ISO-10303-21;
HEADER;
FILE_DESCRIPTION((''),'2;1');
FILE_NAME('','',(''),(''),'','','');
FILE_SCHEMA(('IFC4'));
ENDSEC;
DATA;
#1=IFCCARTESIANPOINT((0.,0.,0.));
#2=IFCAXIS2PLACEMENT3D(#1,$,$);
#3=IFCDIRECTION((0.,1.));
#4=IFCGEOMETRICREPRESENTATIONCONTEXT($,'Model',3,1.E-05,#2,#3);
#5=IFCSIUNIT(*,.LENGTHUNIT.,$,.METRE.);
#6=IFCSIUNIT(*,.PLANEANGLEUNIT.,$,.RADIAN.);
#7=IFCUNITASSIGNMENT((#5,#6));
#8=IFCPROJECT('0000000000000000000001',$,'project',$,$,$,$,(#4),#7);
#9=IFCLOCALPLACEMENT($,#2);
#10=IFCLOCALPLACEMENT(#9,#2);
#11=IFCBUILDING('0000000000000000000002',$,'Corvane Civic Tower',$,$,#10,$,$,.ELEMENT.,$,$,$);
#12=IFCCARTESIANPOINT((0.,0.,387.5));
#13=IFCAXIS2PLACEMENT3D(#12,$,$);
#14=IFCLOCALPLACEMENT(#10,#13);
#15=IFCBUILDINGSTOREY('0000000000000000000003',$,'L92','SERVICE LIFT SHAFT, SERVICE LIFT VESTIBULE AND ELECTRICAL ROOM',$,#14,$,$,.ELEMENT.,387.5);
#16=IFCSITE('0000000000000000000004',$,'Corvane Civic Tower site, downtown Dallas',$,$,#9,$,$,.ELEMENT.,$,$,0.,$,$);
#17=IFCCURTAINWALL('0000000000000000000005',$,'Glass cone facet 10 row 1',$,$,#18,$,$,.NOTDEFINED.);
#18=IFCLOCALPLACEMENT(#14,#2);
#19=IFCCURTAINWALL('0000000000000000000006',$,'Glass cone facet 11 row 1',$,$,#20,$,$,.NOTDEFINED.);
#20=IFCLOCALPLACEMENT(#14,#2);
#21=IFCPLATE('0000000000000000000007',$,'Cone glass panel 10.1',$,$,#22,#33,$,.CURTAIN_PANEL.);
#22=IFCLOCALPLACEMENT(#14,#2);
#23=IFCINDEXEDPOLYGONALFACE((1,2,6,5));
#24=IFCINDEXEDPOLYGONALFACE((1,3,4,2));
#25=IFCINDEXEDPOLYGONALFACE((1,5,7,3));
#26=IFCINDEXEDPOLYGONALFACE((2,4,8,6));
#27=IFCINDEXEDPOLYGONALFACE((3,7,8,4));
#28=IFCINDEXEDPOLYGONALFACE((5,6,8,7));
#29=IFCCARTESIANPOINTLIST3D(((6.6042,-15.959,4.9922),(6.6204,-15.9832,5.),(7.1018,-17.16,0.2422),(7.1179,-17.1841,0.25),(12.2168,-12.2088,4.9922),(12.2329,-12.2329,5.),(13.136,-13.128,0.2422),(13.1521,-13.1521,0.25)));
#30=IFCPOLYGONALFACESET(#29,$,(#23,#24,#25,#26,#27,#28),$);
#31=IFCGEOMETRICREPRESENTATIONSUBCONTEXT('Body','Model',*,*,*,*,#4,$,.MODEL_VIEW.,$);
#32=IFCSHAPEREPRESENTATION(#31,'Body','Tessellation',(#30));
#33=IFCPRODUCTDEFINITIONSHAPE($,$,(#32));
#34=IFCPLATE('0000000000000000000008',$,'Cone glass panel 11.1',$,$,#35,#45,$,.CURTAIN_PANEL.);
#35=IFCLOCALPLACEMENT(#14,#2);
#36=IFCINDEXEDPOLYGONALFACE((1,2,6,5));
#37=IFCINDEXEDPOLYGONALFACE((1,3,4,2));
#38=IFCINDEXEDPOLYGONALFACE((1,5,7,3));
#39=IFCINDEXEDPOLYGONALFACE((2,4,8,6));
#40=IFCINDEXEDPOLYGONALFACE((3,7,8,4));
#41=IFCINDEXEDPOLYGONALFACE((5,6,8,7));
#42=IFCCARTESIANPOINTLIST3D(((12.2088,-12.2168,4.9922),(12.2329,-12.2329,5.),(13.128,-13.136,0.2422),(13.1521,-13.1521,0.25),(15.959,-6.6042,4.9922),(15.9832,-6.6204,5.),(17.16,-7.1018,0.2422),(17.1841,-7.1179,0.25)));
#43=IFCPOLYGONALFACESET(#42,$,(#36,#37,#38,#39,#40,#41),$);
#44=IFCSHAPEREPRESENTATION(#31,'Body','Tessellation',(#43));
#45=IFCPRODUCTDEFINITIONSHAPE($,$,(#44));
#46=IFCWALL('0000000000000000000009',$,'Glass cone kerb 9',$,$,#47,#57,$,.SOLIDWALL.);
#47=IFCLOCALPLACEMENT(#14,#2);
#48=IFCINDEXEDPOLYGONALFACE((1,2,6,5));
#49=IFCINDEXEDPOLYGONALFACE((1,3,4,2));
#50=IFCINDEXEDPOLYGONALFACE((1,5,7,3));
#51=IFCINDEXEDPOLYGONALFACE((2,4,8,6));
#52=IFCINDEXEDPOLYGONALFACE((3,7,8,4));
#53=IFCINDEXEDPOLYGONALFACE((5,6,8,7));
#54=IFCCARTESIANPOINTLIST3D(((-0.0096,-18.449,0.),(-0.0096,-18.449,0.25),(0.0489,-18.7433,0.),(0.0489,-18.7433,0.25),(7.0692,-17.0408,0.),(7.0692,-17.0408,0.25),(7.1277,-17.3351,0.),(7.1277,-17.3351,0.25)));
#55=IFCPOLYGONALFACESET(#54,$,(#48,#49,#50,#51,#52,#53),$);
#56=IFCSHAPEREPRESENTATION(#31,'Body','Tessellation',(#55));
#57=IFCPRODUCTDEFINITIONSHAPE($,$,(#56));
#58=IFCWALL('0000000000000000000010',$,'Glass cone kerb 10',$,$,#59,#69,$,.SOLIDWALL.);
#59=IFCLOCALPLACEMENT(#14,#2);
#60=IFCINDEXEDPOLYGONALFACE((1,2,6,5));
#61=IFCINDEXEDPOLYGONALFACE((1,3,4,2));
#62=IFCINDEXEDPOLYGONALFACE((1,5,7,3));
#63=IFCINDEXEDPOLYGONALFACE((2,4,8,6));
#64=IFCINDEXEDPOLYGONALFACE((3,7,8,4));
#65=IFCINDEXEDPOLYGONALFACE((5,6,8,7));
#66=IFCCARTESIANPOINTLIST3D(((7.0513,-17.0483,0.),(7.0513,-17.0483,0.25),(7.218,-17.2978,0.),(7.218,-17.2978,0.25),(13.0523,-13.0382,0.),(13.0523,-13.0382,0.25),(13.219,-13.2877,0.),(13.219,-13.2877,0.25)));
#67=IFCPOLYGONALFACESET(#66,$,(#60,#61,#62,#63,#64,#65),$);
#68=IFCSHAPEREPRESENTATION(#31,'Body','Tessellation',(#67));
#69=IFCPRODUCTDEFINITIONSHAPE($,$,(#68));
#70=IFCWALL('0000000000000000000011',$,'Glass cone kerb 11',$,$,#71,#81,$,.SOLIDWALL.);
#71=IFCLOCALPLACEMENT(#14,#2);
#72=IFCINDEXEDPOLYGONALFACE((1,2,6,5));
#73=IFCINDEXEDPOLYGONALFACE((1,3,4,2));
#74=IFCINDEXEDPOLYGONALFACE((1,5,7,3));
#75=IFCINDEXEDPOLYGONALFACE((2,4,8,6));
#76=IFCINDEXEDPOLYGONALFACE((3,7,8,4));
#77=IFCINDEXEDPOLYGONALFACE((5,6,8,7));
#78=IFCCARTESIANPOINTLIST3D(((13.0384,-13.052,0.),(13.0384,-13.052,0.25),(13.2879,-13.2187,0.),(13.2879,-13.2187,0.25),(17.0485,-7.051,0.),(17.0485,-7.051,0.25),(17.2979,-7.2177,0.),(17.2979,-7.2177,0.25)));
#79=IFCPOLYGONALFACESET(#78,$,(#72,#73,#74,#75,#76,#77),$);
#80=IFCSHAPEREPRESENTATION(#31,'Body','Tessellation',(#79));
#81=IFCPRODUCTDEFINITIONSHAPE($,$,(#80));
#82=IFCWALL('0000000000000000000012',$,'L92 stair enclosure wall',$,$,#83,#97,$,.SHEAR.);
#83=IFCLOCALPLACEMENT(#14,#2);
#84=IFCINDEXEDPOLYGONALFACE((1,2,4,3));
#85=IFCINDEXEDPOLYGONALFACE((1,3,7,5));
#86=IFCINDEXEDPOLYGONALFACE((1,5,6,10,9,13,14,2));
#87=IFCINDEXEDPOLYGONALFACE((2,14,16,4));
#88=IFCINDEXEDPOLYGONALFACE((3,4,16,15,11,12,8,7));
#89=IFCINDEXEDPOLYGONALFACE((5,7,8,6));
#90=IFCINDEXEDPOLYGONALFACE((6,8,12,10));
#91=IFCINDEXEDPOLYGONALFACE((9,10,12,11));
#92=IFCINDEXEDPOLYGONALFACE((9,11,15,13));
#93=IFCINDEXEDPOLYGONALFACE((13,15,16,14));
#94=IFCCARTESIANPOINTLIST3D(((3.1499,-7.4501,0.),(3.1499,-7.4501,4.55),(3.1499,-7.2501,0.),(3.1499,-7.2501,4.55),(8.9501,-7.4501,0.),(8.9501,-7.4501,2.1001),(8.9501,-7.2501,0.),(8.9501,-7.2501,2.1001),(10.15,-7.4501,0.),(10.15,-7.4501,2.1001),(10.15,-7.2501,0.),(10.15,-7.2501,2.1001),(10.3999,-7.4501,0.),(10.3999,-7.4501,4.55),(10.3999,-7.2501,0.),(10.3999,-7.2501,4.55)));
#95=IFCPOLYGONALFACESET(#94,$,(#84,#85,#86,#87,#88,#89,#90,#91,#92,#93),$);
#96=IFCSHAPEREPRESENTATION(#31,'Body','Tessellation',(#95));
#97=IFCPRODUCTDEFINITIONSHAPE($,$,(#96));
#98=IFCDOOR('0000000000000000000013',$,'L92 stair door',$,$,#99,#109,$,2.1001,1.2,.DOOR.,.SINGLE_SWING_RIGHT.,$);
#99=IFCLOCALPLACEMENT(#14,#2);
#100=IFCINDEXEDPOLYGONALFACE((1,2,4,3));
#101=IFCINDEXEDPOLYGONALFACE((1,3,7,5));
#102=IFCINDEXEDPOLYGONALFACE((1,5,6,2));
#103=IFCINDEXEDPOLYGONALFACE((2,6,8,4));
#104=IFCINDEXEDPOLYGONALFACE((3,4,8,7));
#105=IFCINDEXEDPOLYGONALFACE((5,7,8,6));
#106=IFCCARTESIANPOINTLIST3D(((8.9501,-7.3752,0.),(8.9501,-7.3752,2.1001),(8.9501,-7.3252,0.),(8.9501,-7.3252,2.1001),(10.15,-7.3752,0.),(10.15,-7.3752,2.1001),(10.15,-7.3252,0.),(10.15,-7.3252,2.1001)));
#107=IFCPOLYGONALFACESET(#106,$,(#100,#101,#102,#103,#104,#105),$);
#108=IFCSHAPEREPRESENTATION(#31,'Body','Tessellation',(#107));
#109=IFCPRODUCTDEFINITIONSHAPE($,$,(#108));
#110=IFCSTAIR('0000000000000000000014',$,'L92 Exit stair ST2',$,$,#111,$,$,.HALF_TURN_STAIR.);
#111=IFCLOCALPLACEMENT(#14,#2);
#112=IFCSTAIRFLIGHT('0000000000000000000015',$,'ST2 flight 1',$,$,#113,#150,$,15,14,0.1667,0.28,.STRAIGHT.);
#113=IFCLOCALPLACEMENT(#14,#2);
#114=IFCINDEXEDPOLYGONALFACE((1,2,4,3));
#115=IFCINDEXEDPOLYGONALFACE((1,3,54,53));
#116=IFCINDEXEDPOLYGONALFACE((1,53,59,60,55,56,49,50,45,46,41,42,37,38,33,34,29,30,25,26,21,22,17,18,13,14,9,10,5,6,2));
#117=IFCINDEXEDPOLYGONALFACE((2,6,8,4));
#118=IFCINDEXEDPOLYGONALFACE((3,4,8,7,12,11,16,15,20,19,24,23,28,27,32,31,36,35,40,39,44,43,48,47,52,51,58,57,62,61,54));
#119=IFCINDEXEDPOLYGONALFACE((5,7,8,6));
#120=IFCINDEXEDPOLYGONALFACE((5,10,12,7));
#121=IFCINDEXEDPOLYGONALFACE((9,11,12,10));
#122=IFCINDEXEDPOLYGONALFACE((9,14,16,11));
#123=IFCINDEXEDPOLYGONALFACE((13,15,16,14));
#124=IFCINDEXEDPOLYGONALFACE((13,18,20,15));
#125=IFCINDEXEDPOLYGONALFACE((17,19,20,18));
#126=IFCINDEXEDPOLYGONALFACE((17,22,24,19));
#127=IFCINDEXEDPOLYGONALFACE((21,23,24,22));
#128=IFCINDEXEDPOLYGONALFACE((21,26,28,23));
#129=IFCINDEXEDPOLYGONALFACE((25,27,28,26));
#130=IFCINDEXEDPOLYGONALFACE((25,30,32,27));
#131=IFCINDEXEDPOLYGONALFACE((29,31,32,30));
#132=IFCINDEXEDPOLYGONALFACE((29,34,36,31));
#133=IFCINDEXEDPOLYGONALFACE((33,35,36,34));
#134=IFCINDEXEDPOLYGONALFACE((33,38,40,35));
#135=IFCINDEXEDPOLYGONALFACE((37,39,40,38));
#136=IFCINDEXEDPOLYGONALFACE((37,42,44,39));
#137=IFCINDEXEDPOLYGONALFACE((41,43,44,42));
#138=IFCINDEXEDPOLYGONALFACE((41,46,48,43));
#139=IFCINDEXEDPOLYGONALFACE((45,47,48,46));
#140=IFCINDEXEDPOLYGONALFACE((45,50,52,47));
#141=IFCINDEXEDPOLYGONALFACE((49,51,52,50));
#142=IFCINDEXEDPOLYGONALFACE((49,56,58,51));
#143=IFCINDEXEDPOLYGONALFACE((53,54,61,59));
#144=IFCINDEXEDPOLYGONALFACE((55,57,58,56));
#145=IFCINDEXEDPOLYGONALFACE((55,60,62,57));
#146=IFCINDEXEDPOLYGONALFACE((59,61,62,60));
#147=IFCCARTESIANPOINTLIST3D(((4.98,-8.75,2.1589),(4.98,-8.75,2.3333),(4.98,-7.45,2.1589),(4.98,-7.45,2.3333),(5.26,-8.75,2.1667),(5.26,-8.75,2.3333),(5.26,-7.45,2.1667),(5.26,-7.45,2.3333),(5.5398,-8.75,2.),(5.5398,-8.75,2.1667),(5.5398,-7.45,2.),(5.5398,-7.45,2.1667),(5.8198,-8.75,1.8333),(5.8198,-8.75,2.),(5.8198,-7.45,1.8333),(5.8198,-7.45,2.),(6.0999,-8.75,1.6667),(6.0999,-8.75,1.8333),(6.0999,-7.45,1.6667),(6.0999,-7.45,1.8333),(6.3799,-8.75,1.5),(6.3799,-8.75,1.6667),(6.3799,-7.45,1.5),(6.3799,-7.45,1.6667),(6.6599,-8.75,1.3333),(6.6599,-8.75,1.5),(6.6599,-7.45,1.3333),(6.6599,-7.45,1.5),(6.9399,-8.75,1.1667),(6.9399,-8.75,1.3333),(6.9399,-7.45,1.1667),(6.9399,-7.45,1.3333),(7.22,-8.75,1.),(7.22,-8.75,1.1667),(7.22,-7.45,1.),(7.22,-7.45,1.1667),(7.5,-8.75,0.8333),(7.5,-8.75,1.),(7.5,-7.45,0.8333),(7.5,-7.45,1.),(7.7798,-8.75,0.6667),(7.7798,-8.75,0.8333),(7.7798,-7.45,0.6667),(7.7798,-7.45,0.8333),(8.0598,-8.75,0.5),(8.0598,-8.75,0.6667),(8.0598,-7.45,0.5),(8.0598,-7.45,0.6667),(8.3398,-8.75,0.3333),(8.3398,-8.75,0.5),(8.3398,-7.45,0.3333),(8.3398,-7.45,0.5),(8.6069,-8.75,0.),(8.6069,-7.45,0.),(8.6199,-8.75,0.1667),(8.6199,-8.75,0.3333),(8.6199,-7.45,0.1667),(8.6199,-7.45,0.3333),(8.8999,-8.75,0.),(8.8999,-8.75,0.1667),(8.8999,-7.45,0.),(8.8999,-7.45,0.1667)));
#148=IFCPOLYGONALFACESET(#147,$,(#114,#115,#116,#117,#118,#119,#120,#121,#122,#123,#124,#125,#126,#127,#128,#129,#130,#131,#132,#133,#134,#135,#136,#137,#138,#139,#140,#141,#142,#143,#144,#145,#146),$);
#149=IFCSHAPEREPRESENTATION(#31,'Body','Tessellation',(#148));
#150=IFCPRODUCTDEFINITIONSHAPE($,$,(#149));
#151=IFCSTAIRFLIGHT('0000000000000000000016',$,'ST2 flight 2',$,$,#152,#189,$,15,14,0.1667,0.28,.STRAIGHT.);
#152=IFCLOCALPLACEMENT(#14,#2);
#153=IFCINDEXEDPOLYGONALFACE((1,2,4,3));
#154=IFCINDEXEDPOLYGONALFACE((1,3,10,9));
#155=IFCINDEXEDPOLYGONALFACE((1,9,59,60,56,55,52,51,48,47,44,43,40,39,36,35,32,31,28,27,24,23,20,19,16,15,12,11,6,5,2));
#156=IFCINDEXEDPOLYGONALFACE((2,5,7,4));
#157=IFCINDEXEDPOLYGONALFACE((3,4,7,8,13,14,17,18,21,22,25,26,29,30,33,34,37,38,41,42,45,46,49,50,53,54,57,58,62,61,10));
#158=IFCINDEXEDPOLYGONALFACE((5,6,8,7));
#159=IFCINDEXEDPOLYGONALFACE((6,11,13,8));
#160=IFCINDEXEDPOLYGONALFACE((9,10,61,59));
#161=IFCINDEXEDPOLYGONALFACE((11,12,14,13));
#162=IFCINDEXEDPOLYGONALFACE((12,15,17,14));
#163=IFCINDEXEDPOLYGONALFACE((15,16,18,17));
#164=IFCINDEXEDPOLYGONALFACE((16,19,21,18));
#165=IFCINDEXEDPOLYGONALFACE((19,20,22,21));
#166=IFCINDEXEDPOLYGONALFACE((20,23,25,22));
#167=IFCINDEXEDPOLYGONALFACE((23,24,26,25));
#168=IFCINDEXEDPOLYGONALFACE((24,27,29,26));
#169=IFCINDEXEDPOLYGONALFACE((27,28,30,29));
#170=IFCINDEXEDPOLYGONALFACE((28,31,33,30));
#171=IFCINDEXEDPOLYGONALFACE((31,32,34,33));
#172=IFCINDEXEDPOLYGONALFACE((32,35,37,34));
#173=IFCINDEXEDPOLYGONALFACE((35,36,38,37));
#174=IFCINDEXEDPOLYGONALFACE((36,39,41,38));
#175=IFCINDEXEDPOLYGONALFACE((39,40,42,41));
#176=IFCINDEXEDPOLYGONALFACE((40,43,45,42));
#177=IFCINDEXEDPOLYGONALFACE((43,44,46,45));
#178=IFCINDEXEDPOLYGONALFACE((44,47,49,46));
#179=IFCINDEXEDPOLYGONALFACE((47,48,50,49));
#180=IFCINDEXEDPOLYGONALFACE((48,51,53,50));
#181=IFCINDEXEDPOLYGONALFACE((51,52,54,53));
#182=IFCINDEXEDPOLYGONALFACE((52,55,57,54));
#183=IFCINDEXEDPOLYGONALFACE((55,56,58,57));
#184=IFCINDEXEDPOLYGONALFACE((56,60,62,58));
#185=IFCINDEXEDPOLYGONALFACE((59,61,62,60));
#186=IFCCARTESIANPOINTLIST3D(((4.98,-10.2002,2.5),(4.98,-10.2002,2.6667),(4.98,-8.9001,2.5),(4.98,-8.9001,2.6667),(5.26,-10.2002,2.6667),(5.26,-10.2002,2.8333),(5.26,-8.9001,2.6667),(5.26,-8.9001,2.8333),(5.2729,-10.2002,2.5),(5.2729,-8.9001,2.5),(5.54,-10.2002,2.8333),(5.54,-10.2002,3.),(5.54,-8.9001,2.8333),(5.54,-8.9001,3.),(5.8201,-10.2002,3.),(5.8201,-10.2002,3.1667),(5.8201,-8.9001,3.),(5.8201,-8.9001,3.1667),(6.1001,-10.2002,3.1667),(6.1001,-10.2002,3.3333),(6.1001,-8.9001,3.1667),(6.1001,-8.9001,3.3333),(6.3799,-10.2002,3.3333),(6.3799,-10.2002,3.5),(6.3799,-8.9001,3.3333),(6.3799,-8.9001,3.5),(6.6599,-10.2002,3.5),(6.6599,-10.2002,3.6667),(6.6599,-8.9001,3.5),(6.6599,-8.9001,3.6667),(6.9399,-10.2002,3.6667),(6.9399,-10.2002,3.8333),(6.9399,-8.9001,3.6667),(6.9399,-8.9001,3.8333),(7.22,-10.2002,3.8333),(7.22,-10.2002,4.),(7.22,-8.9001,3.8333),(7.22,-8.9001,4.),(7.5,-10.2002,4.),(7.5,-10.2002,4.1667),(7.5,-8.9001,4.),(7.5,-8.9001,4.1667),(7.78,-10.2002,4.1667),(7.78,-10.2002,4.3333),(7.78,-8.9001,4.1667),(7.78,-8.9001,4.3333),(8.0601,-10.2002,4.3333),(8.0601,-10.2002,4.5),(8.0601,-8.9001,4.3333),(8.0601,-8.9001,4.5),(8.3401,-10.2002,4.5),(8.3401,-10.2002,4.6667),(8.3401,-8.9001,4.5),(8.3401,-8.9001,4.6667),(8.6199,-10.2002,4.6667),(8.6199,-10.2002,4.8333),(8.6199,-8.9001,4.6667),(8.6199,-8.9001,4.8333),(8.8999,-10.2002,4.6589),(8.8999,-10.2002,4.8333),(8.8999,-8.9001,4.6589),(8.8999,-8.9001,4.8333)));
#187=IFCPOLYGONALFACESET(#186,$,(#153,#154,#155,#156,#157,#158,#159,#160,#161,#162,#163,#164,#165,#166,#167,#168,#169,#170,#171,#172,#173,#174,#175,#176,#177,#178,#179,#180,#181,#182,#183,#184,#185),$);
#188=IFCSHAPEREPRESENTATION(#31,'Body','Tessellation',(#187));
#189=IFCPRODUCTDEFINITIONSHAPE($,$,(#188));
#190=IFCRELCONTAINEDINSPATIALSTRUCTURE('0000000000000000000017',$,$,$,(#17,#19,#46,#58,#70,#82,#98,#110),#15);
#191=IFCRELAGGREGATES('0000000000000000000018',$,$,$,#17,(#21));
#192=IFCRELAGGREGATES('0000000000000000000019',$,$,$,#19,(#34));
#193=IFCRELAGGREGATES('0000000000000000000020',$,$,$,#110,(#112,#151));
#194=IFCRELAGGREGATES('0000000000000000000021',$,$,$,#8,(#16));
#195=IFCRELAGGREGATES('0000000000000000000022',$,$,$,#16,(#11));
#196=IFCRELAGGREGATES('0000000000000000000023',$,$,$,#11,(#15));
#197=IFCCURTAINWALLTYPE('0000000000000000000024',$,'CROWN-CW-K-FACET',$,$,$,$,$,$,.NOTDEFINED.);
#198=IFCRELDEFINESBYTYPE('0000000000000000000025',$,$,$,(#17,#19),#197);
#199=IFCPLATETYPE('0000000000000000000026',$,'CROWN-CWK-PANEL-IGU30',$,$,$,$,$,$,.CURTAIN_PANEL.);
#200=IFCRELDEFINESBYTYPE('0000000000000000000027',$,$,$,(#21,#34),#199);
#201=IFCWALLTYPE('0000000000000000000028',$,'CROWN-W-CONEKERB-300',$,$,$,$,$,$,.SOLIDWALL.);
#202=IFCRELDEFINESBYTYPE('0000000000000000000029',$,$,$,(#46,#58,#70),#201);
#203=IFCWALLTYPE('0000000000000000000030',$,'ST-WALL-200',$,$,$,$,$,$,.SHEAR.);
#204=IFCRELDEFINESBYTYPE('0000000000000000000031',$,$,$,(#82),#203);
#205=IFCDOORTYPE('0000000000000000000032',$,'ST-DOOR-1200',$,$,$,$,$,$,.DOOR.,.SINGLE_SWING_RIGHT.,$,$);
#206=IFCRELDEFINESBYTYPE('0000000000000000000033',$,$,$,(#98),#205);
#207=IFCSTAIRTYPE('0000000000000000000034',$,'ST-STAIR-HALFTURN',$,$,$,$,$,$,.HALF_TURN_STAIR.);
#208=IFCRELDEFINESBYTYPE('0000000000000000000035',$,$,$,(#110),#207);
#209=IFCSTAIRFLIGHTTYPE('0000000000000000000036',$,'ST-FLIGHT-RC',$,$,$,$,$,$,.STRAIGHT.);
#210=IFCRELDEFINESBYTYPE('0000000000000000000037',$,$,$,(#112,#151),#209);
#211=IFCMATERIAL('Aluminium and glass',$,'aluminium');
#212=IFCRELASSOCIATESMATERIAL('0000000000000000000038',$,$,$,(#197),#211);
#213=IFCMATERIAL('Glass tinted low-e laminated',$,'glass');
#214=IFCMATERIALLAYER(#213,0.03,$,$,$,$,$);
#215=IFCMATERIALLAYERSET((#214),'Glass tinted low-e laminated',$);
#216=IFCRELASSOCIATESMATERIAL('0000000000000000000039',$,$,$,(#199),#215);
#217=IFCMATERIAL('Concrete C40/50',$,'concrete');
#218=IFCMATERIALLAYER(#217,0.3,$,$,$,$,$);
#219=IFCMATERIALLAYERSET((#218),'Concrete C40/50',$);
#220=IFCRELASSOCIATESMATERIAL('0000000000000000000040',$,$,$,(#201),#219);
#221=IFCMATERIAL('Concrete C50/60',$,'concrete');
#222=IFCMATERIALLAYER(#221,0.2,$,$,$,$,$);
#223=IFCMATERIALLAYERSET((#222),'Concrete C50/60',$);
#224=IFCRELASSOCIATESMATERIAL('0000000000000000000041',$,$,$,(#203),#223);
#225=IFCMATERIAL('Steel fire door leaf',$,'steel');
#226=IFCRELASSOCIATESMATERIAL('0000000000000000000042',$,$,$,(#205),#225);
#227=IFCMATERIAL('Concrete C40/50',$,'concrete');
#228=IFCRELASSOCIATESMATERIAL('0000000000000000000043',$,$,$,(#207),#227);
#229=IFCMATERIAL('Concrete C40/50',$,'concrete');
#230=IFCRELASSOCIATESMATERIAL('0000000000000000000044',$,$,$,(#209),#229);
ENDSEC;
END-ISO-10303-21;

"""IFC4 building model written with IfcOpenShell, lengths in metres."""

from ifc_helpers import new_model, si_unit, direction, frame, frame_2d, origin, place, context, subcontext, project, spatial, polyline, rectangle, outline, extrude, material, layer, layer_set, type_object, element, fill, aggregate, save


model = new_model("IFC4")

# Units and contexts
model_context = context("Model", 3, precision=1e-05, world=origin(), true_north=direction((0.0, 1.0)))
body_context = subcontext(model_context, "Body", "Model", "MODEL_VIEW")
ifc_project = project(units=[si_unit("LENGTHUNIT", "METRE"), si_unit("PLANEANGLEUNIT", "RADIAN")], contexts=[model_context])

# Site, building, storey
site_placement = place(None, origin())
site = spatial("IfcSite", under=ifc_project, at=site_placement, Name="Corvane Civic Tower site, downtown Dallas", CompositionType="ELEMENT", RefElevation=0.0)
building_placement = place(site_placement, origin())
building = spatial("IfcBuilding", under=site, at=building_placement, Name="Corvane Civic Tower", CompositionType="ELEMENT")
storey_placement = place(building_placement, frame((0.0, 0.0, 387.5)))
storey = spatial("IfcBuildingStorey", under=building, at=storey_placement, Name="L92", Description="SERVICE LIFT SHAFT, SERVICE LIFT VESTIBULE AND ELECTRICAL ROOM", CompositionType="ELEMENT", Elevation=387.5)

# Curtain walls
ifc_material_1 = material(Name="Aluminium and glass", Category="aluminium")
curtain_wall_type = type_object("IfcCurtainWallType", Name="CROWN-CW-K-FACET", PredefinedType="NOTDEFINED", material=ifc_material_1)
curtain_wall_1_placement = place(storey_placement, origin())
curtain_wall_1 = element("IfcCurtainWall", 1, at=curtain_wall_1_placement, inside=storey, type_object=curtain_wall_type, Name="Glass cone facet 10 row 1", PredefinedType="NOTDEFINED")
curtain_wall_2_placement = place(storey_placement, origin())
curtain_wall_2 = element("IfcCurtainWall", 2, at=curtain_wall_2_placement, inside=storey, type_object=curtain_wall_type, Name="Glass cone facet 11 row 1", PredefinedType="NOTDEFINED")

# Plates
ifc_material_2 = material(Name="Glass tinted low-e laminated", Category="glass")
ifc_layer_1 = layer(ifc_material_2, 0.03)
ifc_layer_set_1 = layer_set([ifc_layer_1], Name="Glass tinted low-e laminated")
plate_type = type_object("IfcPlateType", Name="CROWN-CWK-PANEL-IGU30", PredefinedType="CURTAIN_PANEL", material=ifc_layer_set_1)
plate_1_placement = place(storey_placement, frame((7.1179, -17.1841, 0.25), z_axis=(0.536584, -0.803041, 0.259236), x_axis=(0.831465, 0.555577, 0.0)))
plate_1 = element("IfcPlate", 3, at=plate_1_placement, type_object=plate_type, Name="Cone glass panel 10.1", PredefinedType="CURTAIN_PANEL", context=body_context, shape_type="SweptSolid", body=[
    extrude(outline(polyline([(0.0, 0.0), (7.2573, 0.0), (7.0037, 4.9181), (0.2535, 4.9181), (0.0, 0.0)])), origin(), (0.0, 0.0, -1.0), 0.03),
])
aggregate(curtain_wall_1, [plate_1])
plate_2_placement = place(storey_placement, frame((13.1521, -13.1521, 0.25), z_axis=(0.803041, -0.536584, 0.259236), x_axis=(0.555577, 0.831465, 0.0)))
plate_2 = element("IfcPlate", 4, at=plate_2_placement, type_object=plate_type, Name="Cone glass panel 11.1", PredefinedType="CURTAIN_PANEL", context=body_context, shape_type="SweptSolid", body=[
    extrude(outline(polyline([(0.0, 0.0), (7.2573, 0.0), (7.0038, 4.9181), (0.2536, 4.9181), (0.0, 0.0)])), origin(), (0.0, 0.0, -1.0), 0.03),
])
aggregate(curtain_wall_2, [plate_2])

# Walls
ifc_material_3 = material(Name="Concrete C40/50", Category="concrete")
ifc_layer_2 = layer(ifc_material_3, 0.3)
ifc_layer_set_2 = layer_set([ifc_layer_2], Name="Concrete C40/50")
wall_type_1 = type_object("IfcWallType", Name="CROWN-W-CONEKERB-300", PredefinedType="SOLIDWALL", material=ifc_layer_set_2)
for number, where, z_axis, x_axis, name in (
    (5, (0.0195, -18.5962, 0.0), (0.0, 0.0, 1.0), (0.980782, 0.195108, 0.0), "Glass cone kerb 9"),
    (6, (7.1345, -17.1731, 0.0), (0.0, 0.0, 1.0), (0.831451, 0.555598, 0.0), "Glass cone kerb 10"),
    (7, (13.1631, -13.1355, 0.0), (0.0, 0.0, 1.0), (0.555598, 0.831451, 0.0), "Glass cone kerb 11"),
):
    element("IfcWall", number, at=place(storey_placement, frame(where, z_axis=z_axis, x_axis=x_axis)), inside=storey, type_object=wall_type_1, Name=name, PredefinedType="SOLIDWALL", context=body_context, shape_type="SweptSolid", body=[
        extrude(rectangle(XDim=7.2175, YDim=0.3, at=frame_2d((3.6089, 0.0))), origin(), (0.0, 0.0, 1.0), 0.25),
    ])

# Wall, opening, door
ifc_material_4 = material(Name="Concrete C50/60", Category="concrete")
ifc_layer_3 = layer(ifc_material_4, 0.2)
ifc_layer_set_3 = layer_set([ifc_layer_3], Name="Concrete C50/60")
wall_type_2 = type_object("IfcWallType", Name="ST-WALL-200", PredefinedType="SHEAR", material=ifc_layer_set_3)
wall_placement = place(storey_placement, frame((3.1499, -7.3501, 0.0), z_axis=(0.0, 0.0, 1.0), x_axis=(1.0, 0.0, 0.0)))
wall = element("IfcWall", 8, at=wall_placement, inside=storey, type_object=wall_type_2, Name="L92 stair enclosure wall", PredefinedType="SHEAR", context=body_context, shape_type="SweptSolid", body=[
    extrude(rectangle(XDim=7.25, YDim=0.2, at=frame_2d((3.625, 0.0))), origin(), (0.0, 0.0, 1.0), 4.55),
])
opening_placement = place(wall_placement, frame((5.8, 0.0, 0.0)))
opening = element("IfcOpeningElement", 9, at=opening_placement, cuts=wall, PredefinedType="OPENING", context=body_context, shape_type="SweptSolid", body=[
    extrude(rectangle(XDim=1.2, YDim=2.1001, at=frame_2d((0.6001, 1.05))), frame((0.0, 0.1099, 0.0), z_axis=(0.0, -1.0, 0.0), x_axis=(1.0, 0.0, 0.0)), (0.0, 0.0, 1.0), 0.22),
])
ifc_material_5 = material(Name="Steel fire door leaf", Category="steel")
door_type = type_object("IfcDoorType", Name="ST-DOOR-1200", OperationType="SINGLE_SWING_RIGHT", PredefinedType="DOOR", material=ifc_material_5)
door_placement = place(opening_placement, origin())
door = element("IfcDoor", 10, at=door_placement, inside=storey, type_object=door_type, Name="L92 stair door", OperationType="SINGLE_SWING_RIGHT", OverallHeight=2.1001, OverallWidth=1.2, PredefinedType="DOOR", context=body_context, shape_type="SweptSolid", body=[
    extrude(rectangle(XDim=1.2, YDim=2.1001, at=frame_2d((0.6001, 1.05))), frame((0.0, 0.0249, 0.0), z_axis=(0.0, -1.0, 0.0), x_axis=(1.0, 0.0, 0.0)), (0.0, 0.0, 1.0), 0.05),
])
fill(opening, door)

# Stair, stair flights
ifc_material_6 = material(Name="Concrete C40/50", Category="concrete")
stair_type = type_object("IfcStairType", Name="ST-STAIR-HALFTURN", PredefinedType="HALF_TURN_STAIR", material=ifc_material_6)
stair_placement = place(storey_placement, origin())
stair = element("IfcStair", 11, at=stair_placement, inside=storey, type_object=stair_type, Name="L92 Exit stair ST2", PredefinedType="HALF_TURN_STAIR")
ifc_material_7 = material(Name="Concrete C40/50", Category="concrete")
stair_flight_type = type_object("IfcStairFlightType", Name="ST-FLIGHT-RC", PredefinedType="STRAIGHT", material=ifc_material_7)
stair_flight_1_placement = place(storey_placement, frame((8.8999, -8.1001, 0.0), z_axis=(0.0, 0.0, 1.0), x_axis=(-1.0, 0.0, 0.0)))
stair_flight_1 = element("IfcStairFlight", 12, at=stair_flight_1_placement, type_object=stair_flight_type, Name="ST2 flight 1", NumberOfRisers=15, NumberOfTreads=14, PredefinedType="STRAIGHT", RiserHeight=0.1667, TreadLength=0.28, context=body_context, shape_type="SweptSolid", body=[
    extrude(outline(polyline([(0.0, 0.0), (0.0, 0.1667), (0.28, 0.1667), (0.28, 0.3333), (0.5601, 0.3333), (0.5601, 0.5), (0.8401, 0.5), (0.8401, 0.6667), (1.1201, 0.6667), (1.1201, 0.8333), (1.3999, 0.8333), (1.3999, 1.0), (1.6799, 1.0), (1.6799, 1.1667), (1.96, 1.1667), (1.96, 1.3333), (2.24, 1.3333), (2.24, 1.5), (2.52, 1.5), (2.52, 1.6667), (2.8, 1.6667), (2.8, 1.8333), (3.0801, 1.8333), (3.0801, 2.0), (3.3601, 2.0), (3.3601, 2.1667), (3.6399, 2.1667), (3.6399, 2.3333), (3.9199, 2.3333), (3.9199, 2.5), (3.9199, 2.1589), (0.293, 0.0), (0.0, 0.0)])), frame((0.0, 0.6499, 0.0), z_axis=(0.0, -1.0, 0.0), x_axis=(1.0, 0.0, 0.0)), (0.0, 0.0, 1.0), 1.3),
])
stair_flight_2_placement = place(storey_placement, frame((4.98, -9.55, 2.5), z_axis=(0.0, 0.0, 1.0), x_axis=(1.0, 0.0, 0.0)))
stair_flight_2 = element("IfcStairFlight", 13, at=stair_flight_2_placement, type_object=stair_flight_type, Name="ST2 flight 2", NumberOfRisers=15, NumberOfTreads=14, PredefinedType="STRAIGHT", RiserHeight=0.1667, TreadLength=0.28, context=body_context, shape_type="SweptSolid", body=[
    extrude(outline(polyline([(0.0, 0.0), (0.0, 0.1667), (0.28, 0.1667), (0.28, 0.3333), (0.5601, 0.3333), (0.5601, 0.5), (0.8401, 0.5), (0.8401, 0.6667), (1.1201, 0.6667), (1.1201, 0.8333), (1.3999, 0.8333), (1.3999, 1.0), (1.6799, 1.0), (1.6799, 1.1667), (1.96, 1.1667), (1.96, 1.3333), (2.24, 1.3333), (2.24, 1.5), (2.52, 1.5), (2.52, 1.6667), (2.8, 1.6667), (2.8, 1.8333), (3.0801, 1.8333), (3.0801, 2.0), (3.3601, 2.0), (3.3601, 2.1667), (3.6399, 2.1667), (3.6399, 2.3333), (3.9199, 2.3333), (3.9199, 2.5), (3.9199, 2.1589), (0.293, 0.0), (0.0, 0.0)])), frame((0.0, 0.6499, 0.0), z_axis=(0.0, -1.0, 0.0), x_axis=(1.0, 0.0, 0.0)), (0.0, 0.0, 1.0), 1.3),
])
aggregate(stair, [stair_flight_1, stair_flight_2])

save(model, "model.ifc")
